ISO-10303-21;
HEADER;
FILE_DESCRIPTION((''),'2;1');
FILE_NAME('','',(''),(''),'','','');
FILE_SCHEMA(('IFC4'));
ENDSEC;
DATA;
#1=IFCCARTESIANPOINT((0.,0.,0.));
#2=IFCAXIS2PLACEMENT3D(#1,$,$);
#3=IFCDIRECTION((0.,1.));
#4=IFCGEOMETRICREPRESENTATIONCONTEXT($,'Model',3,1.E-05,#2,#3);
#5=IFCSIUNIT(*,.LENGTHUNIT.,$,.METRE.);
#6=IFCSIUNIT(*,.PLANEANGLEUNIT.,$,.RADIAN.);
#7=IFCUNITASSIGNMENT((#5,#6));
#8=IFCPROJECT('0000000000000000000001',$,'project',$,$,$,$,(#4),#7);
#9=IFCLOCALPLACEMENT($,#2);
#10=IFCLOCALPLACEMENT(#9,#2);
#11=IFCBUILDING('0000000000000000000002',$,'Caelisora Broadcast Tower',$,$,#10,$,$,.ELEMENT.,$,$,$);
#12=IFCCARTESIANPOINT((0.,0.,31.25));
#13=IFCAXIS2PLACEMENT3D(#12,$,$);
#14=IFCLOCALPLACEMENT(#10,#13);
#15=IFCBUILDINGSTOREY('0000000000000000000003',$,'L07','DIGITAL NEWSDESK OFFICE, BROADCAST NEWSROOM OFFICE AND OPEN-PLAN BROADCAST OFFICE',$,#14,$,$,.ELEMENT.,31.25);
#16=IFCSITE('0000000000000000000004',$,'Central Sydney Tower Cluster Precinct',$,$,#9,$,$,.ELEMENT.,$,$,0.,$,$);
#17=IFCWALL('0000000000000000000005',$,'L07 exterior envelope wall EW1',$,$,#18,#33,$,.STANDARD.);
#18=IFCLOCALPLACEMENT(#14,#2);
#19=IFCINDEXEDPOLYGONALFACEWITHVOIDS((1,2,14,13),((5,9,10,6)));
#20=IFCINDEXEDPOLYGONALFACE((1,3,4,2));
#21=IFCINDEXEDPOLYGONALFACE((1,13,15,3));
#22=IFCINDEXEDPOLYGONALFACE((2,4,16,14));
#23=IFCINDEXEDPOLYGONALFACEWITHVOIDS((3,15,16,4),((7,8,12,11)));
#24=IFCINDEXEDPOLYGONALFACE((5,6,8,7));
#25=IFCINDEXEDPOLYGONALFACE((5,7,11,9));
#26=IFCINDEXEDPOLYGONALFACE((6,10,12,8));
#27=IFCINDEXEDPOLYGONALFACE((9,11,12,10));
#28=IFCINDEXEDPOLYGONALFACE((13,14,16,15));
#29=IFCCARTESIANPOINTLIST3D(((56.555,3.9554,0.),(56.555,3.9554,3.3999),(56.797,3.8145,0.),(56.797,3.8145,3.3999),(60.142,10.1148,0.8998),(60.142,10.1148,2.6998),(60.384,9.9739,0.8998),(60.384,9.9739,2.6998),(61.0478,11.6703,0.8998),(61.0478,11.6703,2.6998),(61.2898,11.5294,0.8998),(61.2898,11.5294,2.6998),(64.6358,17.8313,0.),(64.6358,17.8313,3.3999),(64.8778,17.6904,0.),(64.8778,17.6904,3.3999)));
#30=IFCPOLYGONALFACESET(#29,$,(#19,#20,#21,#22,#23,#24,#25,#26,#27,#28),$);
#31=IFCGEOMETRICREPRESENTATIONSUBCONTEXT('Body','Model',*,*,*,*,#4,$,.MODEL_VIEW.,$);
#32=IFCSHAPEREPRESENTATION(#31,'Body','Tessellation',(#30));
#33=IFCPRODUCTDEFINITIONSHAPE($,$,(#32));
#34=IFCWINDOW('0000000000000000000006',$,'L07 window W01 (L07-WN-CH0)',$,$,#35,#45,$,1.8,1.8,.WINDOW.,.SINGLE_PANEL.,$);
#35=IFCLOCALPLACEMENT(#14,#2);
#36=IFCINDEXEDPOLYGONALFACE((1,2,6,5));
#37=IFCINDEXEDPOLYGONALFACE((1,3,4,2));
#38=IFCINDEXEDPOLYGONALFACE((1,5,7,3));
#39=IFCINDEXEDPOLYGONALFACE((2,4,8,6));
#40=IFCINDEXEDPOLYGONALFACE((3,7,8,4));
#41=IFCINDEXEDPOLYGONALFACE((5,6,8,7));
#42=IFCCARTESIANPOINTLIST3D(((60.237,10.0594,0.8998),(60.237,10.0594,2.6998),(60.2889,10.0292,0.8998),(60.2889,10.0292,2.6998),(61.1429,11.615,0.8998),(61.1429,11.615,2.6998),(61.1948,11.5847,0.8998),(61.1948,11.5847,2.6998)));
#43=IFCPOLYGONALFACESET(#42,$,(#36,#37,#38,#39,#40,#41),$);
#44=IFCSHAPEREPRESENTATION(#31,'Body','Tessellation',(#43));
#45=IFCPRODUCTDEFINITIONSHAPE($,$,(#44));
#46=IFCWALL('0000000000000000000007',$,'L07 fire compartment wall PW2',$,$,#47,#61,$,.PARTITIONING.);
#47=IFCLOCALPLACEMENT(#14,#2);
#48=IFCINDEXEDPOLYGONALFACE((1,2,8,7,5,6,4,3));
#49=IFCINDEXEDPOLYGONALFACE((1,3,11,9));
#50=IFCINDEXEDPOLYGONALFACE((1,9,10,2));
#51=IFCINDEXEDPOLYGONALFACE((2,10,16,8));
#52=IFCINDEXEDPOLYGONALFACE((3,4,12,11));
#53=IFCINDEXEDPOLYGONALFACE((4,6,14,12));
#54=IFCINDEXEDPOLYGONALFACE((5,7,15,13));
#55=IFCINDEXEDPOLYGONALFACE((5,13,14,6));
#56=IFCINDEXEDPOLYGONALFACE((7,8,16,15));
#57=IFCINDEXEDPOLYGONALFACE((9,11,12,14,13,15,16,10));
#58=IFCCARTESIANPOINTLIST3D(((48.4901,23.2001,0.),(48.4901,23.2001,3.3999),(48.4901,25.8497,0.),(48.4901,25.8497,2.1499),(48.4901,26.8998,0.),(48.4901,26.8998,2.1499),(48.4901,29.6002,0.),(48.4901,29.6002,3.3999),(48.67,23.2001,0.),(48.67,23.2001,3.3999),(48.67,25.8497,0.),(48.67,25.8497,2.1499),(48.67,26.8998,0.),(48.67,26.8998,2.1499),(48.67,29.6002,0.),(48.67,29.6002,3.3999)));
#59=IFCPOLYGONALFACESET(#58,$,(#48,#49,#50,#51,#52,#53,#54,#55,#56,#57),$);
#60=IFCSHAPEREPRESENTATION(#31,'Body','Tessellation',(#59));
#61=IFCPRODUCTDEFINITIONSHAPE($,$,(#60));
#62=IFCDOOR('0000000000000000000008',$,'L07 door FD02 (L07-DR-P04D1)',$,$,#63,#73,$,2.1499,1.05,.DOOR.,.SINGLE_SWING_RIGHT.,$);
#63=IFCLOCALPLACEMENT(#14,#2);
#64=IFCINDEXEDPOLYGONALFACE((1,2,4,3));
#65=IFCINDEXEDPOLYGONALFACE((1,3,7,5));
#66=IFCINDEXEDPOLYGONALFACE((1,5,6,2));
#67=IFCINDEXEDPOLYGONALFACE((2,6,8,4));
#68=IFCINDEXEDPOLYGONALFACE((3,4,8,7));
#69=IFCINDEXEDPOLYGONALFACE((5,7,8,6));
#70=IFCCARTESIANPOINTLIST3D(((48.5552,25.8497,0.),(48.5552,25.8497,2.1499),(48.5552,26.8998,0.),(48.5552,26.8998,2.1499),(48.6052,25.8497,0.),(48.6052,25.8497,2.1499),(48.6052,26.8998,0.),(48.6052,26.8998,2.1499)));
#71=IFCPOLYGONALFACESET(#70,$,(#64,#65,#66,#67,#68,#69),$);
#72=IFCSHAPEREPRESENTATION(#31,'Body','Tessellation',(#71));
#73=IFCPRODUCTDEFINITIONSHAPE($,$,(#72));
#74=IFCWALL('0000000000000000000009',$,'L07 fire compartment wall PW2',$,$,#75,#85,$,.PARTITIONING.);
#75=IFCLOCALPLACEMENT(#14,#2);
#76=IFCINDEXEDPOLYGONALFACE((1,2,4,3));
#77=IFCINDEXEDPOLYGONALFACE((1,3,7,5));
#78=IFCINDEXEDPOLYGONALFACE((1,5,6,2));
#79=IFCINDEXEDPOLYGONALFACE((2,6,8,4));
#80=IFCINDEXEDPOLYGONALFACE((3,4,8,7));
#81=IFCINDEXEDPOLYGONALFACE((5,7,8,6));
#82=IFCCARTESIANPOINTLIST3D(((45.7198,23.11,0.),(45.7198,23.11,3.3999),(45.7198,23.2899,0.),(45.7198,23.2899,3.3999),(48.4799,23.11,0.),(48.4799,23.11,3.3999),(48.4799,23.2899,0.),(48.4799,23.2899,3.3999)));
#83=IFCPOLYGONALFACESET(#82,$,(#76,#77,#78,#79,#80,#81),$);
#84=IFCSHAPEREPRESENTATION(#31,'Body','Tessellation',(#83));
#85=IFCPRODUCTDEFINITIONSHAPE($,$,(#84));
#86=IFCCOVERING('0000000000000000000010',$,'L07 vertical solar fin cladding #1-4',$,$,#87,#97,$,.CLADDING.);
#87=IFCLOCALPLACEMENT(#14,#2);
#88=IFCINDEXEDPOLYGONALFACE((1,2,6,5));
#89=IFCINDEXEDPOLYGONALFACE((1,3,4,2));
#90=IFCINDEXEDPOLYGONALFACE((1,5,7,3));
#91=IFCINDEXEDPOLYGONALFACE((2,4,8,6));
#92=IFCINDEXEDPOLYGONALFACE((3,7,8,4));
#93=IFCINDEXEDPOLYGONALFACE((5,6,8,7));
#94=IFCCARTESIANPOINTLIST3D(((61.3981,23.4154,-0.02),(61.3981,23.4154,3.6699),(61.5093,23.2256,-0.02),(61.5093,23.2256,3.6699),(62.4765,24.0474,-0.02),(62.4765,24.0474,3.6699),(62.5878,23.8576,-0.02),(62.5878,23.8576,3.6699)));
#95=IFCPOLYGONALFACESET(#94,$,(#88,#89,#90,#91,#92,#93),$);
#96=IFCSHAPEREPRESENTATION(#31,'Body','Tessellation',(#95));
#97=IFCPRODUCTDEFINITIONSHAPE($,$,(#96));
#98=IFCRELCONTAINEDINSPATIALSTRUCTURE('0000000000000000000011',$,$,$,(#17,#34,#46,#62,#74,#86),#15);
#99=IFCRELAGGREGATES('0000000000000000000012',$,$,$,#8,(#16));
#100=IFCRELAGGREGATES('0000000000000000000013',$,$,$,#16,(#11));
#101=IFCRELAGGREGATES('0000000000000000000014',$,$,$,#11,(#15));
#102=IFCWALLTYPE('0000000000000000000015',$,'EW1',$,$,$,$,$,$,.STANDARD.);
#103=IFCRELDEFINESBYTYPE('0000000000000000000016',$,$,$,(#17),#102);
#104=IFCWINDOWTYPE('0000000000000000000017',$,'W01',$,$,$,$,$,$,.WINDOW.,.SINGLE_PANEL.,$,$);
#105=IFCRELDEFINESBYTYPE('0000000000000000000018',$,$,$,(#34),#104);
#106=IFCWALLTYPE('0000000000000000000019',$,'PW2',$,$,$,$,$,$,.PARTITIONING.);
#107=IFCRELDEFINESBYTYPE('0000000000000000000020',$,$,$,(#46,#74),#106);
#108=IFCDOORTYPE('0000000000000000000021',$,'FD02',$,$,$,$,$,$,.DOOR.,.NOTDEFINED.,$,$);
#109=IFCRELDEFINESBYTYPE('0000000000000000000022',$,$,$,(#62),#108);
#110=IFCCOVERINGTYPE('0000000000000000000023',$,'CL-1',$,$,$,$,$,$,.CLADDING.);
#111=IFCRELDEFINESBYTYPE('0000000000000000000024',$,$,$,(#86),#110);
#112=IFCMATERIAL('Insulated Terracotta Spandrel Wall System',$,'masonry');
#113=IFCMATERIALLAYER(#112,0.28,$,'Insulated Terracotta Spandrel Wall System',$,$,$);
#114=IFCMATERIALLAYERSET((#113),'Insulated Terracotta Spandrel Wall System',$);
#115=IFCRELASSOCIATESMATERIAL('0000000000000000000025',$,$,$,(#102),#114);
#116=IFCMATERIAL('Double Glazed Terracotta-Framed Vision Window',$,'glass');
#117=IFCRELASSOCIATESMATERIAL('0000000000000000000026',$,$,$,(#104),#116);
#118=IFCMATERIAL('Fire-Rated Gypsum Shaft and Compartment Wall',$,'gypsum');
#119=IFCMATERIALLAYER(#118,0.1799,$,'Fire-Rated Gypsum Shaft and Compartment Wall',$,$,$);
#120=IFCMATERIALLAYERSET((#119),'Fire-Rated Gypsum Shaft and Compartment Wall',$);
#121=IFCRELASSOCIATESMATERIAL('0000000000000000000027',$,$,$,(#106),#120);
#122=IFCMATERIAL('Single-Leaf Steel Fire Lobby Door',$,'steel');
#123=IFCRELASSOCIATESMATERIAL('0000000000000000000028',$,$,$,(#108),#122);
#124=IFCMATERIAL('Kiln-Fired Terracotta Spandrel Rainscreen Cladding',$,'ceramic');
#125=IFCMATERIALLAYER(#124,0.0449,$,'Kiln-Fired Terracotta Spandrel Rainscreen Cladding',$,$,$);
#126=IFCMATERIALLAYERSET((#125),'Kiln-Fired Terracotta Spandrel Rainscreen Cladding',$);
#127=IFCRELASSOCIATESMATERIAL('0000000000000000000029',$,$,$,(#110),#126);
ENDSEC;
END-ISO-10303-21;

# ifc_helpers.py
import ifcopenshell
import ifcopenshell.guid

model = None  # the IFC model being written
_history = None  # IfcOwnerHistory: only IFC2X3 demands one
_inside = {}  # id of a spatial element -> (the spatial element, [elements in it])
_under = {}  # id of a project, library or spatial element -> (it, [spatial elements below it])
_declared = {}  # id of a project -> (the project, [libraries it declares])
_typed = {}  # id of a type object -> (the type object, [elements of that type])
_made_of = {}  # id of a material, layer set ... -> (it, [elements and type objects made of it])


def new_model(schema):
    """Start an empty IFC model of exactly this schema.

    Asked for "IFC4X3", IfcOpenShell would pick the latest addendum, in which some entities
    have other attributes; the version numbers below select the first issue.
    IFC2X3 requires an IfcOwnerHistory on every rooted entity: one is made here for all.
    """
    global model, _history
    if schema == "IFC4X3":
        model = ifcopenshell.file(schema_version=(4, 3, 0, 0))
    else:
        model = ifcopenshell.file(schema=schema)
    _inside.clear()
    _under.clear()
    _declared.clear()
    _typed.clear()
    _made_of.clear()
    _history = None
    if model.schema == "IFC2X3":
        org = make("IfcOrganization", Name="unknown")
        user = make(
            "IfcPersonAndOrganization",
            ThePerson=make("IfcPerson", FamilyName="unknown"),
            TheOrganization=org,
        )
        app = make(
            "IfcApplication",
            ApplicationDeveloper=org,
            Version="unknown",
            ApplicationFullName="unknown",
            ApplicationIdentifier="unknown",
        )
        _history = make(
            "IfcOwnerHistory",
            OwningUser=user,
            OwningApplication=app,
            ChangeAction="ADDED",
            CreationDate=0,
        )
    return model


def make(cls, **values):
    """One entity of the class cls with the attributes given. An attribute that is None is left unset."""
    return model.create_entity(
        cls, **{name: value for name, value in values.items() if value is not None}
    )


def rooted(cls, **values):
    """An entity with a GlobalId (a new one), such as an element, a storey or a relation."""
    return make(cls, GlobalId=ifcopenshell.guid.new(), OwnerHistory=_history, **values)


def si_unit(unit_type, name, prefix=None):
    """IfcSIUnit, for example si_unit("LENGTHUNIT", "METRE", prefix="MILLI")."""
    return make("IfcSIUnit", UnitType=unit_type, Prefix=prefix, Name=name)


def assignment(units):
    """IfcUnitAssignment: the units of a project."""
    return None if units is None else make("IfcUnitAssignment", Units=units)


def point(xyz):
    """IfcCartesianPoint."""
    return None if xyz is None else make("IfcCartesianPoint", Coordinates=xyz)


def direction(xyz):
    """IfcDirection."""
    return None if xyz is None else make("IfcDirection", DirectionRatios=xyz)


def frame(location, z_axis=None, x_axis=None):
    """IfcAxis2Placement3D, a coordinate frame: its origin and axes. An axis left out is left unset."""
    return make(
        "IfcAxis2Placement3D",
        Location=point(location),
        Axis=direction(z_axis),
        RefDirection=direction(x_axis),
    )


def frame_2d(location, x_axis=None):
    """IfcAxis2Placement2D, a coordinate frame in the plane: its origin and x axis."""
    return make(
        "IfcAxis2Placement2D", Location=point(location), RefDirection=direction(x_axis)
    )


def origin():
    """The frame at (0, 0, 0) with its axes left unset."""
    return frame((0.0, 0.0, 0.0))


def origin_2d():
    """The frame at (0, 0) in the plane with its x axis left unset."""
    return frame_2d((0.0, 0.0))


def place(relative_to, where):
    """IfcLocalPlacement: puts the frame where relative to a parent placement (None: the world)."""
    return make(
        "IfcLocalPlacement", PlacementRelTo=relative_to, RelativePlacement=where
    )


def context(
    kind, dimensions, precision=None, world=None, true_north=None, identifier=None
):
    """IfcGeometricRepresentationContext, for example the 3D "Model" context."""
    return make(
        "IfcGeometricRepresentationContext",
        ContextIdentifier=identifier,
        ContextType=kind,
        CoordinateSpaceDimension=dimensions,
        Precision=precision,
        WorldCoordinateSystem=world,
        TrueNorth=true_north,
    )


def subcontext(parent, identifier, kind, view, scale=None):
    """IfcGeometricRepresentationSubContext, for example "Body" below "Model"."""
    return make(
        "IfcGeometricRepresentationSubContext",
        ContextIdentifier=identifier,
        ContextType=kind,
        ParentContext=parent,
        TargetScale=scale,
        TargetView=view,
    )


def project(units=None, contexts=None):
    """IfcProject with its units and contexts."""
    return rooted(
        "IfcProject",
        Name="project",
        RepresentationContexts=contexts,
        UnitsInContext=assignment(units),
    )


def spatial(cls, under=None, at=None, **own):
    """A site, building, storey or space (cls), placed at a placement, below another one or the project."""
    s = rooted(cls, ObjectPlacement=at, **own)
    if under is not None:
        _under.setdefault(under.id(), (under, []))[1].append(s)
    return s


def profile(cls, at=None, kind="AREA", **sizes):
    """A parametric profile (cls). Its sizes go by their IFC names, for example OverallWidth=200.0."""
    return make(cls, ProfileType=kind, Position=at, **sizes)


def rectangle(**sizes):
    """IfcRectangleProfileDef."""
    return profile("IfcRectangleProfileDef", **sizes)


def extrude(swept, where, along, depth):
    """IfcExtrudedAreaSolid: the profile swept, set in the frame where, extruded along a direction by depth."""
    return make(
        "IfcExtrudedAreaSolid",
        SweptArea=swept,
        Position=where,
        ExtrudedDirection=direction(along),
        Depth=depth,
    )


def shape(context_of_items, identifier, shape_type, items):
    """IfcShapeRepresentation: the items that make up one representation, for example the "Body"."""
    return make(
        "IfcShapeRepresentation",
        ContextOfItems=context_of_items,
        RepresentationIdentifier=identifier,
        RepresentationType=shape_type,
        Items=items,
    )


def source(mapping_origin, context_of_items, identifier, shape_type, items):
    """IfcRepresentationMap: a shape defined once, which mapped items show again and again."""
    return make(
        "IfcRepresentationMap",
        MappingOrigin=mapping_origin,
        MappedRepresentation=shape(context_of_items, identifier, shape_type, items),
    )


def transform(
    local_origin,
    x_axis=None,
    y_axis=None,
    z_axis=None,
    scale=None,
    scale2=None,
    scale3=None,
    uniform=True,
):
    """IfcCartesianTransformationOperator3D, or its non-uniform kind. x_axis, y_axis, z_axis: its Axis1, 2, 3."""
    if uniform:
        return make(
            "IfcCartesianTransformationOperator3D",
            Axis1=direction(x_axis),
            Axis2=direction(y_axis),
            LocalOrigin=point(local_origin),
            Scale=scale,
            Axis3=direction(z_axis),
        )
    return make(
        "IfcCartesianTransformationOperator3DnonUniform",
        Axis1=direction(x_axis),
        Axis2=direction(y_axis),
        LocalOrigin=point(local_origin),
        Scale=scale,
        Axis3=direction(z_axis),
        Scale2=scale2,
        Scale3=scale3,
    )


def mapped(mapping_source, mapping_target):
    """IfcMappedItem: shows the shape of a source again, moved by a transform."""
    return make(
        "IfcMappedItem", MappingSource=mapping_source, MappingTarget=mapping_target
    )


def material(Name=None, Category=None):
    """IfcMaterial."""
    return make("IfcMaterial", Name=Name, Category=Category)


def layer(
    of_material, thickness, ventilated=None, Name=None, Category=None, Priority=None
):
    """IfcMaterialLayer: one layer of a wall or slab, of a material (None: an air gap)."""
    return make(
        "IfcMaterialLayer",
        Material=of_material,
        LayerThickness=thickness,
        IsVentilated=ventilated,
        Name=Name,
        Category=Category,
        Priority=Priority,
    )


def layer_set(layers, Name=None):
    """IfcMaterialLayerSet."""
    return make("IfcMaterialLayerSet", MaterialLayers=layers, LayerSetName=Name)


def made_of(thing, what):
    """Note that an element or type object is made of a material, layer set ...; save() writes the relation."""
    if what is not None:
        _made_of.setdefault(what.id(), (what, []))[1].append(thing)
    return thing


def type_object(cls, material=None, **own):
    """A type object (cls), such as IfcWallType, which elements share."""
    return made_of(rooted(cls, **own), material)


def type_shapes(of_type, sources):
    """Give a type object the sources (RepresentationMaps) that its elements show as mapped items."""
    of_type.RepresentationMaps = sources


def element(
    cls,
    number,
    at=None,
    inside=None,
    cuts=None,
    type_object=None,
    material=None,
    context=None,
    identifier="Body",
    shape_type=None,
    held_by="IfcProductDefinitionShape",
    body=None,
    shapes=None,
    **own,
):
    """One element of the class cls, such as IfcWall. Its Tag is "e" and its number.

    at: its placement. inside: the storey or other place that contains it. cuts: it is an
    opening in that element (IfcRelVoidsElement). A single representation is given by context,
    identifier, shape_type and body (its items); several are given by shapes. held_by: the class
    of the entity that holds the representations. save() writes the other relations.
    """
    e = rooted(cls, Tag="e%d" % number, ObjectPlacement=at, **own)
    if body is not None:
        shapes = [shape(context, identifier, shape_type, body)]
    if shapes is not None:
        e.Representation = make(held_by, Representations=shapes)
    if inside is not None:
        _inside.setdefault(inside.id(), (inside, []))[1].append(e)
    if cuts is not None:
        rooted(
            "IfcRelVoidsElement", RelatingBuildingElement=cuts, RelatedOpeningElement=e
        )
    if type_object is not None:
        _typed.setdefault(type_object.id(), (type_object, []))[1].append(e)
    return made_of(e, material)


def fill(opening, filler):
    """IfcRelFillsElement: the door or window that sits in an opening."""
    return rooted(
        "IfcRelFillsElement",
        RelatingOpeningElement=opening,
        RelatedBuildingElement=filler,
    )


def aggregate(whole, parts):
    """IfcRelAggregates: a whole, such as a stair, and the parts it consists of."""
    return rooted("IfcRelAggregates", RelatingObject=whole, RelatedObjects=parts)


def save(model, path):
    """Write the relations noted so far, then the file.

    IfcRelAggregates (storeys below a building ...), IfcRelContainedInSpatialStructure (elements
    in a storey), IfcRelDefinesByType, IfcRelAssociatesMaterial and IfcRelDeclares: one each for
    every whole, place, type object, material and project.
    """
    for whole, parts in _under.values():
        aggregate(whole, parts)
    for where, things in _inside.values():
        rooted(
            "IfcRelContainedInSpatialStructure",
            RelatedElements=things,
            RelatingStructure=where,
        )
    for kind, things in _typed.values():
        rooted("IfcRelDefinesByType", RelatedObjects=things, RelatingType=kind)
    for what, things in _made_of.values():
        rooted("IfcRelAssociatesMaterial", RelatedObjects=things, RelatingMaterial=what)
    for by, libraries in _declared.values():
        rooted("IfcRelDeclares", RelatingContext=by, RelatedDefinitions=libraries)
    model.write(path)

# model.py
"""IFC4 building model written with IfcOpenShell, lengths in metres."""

from ifc_helpers import new_model, si_unit, direction, frame, frame_2d, origin, origin_2d, place, context, subcontext, project, spatial, rectangle, extrude, source, transform, mapped, material, layer, layer_set, type_object, type_shapes, element, fill, save


model = new_model("IFC4")

# Units and contexts
model_context = context("Model", 3, precision=1e-05, world=origin(), true_north=direction((0.0, 1.0)))
body_context = subcontext(model_context, "Body", "Model", "MODEL_VIEW")
ifc_project = project(units=[si_unit("LENGTHUNIT", "METRE"), si_unit("PLANEANGLEUNIT", "RADIAN")], contexts=[model_context])

# Site, building, storey
site_placement = place(None, origin())
site = spatial("IfcSite", under=ifc_project, at=site_placement, Name="Central Sydney Tower Cluster Precinct", CompositionType="ELEMENT", RefElevation=0.0)
building_placement = place(site_placement, origin())
building = spatial("IfcBuilding", under=site, at=building_placement, Name="Caelisora Broadcast Tower", CompositionType="ELEMENT")
storey_placement = place(building_placement, frame((0.0, 0.0, 31.25)))
storey = spatial("IfcBuildingStorey", under=building, at=storey_placement, Name="L07", Description="DIGITAL NEWSDESK OFFICE, BROADCAST NEWSROOM OFFICE AND OPEN-PLAN BROADCAST OFFICE", CompositionType="ELEMENT", Elevation=31.25)

# Wall, opening, window
ifc_material_1 = material(Name="Insulated Terracotta Spandrel Wall System", Category="masonry")
ifc_layer_1 = layer(ifc_material_1, 0.28, Name="Insulated Terracotta Spandrel Wall System")
ifc_layer_set_1 = layer_set([ifc_layer_1], Name="Insulated Terracotta Spandrel Wall System")
wall_type_1 = type_object("IfcWallType", Name="EW1", PredefinedType="STANDARD", material=ifc_layer_set_1)
wall_1_placement = place(storey_placement, frame((64.7568, 17.761, 0.0), z_axis=(0.0, 0.0, 1.0), x_axis=(-0.503243, -0.864145, 0.0)))
wall_1 = element("IfcWall", 1, at=wall_1_placement, inside=storey, type_object=wall_type_1, Name="L07 exterior envelope wall EW1", PredefinedType="STANDARD", context=body_context, shape_type="SweptSolid", body=[
    extrude(rectangle(XDim=16.0574, YDim=0.28, at=frame_2d((8.0288, 0.0))), origin(), (0.0, 0.0, 1.0), 3.3999),
])
opening_1_placement = place(wall_1_placement, frame((7.1299, 0.0, 0.8999)))
opening_1 = element("IfcOpeningElement", 2, at=opening_1_placement, cuts=wall_1, PredefinedType="OPENING", context=body_context, shape_type="SweptSolid", body=[
    extrude(rectangle(XDim=1.8, YDim=1.8, at=frame_2d((0.8999, 0.8999))), frame((0.0, 0.1521, 0.0), z_axis=(0.0, -1.0, 0.0), x_axis=(1.0, 0.0, 0.0)), (0.0, 0.0, 1.0), 0.304),
])
ifc_material_2 = material(Name="Double Glazed Terracotta-Framed Vision Window", Category="glass")
window_type = type_object("IfcWindowType", Name="W01", PartitioningType="SINGLE_PANEL", PredefinedType="WINDOW", material=ifc_material_2)
window_placement = place(opening_1_placement, origin())
window = element("IfcWindow", 3, at=window_placement, inside=storey, type_object=window_type, Name="L07 window W01 (L07-WN-CH0)", OverallHeight=1.8, OverallWidth=1.8, PartitioningType="SINGLE_PANEL", PredefinedType="WINDOW", context=body_context, shape_type="SweptSolid", body=[
    extrude(rectangle(XDim=1.8, YDim=1.8, at=frame_2d((0.8999, 0.8999))), frame((0.0, 0.03, 0.0), z_axis=(0.0, -1.0, 0.0), x_axis=(1.0, 0.0, 0.0)), (0.0, 0.0, 1.0), 0.0601),
])
fill(opening_1, window)

# Wall, opening, door
ifc_material_3 = material(Name="Fire-Rated Gypsum Shaft and Compartment Wall", Category="gypsum")
ifc_layer_2 = layer(ifc_material_3, 0.1799, Name="Fire-Rated Gypsum Shaft and Compartment Wall")
ifc_layer_set_2 = layer_set([ifc_layer_2], Name="Fire-Rated Gypsum Shaft and Compartment Wall")
wall_type_2 = type_object("IfcWallType", Name="PW2", PredefinedType="PARTITIONING", material=ifc_layer_set_2)
wall_2_placement = place(storey_placement, frame((48.5801, 23.2, 0.0), z_axis=(0.0, 0.0, 1.0), x_axis=(0.0, 1.0, 0.0)))
wall_2 = element("IfcWall", 4, at=wall_2_placement, inside=storey, type_object=wall_type_2, Name="L07 fire compartment wall PW2", PredefinedType="PARTITIONING", context=body_context, shape_type="SweptSolid", body=[
    extrude(rectangle(XDim=6.4001, YDim=0.1799, at=frame_2d((3.2002, 0.0))), origin(), (0.0, 0.0, 1.0), 3.3999),
])
opening_2_placement = place(wall_2_placement, frame((2.6499, 0.0, 0.0)))
opening_2 = element("IfcOpeningElement", 5, at=opening_2_placement, cuts=wall_2, PredefinedType="OPENING", context=body_context, shape_type="SweptSolid", body=[
    extrude(rectangle(XDim=1.05, YDim=2.1499, at=frame_2d((0.5249, 1.075))), frame((0.0, 0.1021, 0.0), z_axis=(0.0, -1.0, 0.0), x_axis=(1.0, 0.0, 0.0)), (0.0, 0.0, 1.0), 0.2039),
])
ifc_material_4 = material(Name="Single-Leaf Steel Fire Lobby Door", Category="steel")
door_type = type_object("IfcDoorType", Name="FD02", OperationType="NOTDEFINED", PredefinedType="DOOR", material=ifc_material_4)
door_1_placement = place(opening_2_placement, origin())
door_1 = element("IfcDoor", 6, at=door_1_placement, inside=storey, type_object=door_type, Name="L07 door FD02 (L07-DR-P04D1)", OperationType="SINGLE_SWING_RIGHT", OverallHeight=2.1499, OverallWidth=1.05, PredefinedType="DOOR", context=body_context, shape_type="SweptSolid", body=[
    extrude(rectangle(XDim=1.05, YDim=2.1499, at=frame_2d((0.5249, 1.075))), frame((0.0, 0.0249, 0.0), z_axis=(0.0, -1.0, 0.0), x_axis=(1.0, 0.0, 0.0)), (0.0, 0.0, 1.0), 0.05),
])
fill(opening_2, door_1)

# Wall
wall_3_placement = place(storey_placement, frame((45.72, 23.2, 0.0), z_axis=(0.0, 0.0, 1.0), x_axis=(1.0, 0.0, 0.0)))
element("IfcWall", 7, at=wall_3_placement, inside=storey, type_object=wall_type_2, Name="L07 fire compartment wall PW2", PredefinedType="PARTITIONING", context=body_context, shape_type="SweptSolid", body=[
    extrude(rectangle(XDim=2.76, YDim=0.1799, at=frame_2d((1.3799, 0.0))), origin(), (0.0, 0.0, 1.0), 3.3999),
])

# Covering
ifc_material_5 = material(Name="Kiln-Fired Terracotta Spandrel Rainscreen Cladding", Category="ceramic")
ifc_layer_3 = layer(ifc_material_5, 0.0449, Name="Kiln-Fired Terracotta Spandrel Rainscreen Cladding")
ifc_layer_set_3 = layer_set([ifc_layer_3], Name="Kiln-Fired Terracotta Spandrel Rainscreen Cladding")
covering_type = type_object("IfcCoveringType", Name="CL-1", PredefinedType="CLADDING", material=ifc_layer_set_3)
shared_shape_1 = source(origin(), body_context, "Body", "SweptSolid", [
    extrude(rectangle(XDim=0.22, YDim=1.25, at=origin_2d()), origin(), (0.0, 0.0, 1.0), 3.6899),
])
type_shapes(covering_type, [shared_shape_1])
covering_placement = place(storey_placement, frame((61.9929, 23.6365, -0.02), z_axis=(0.0, 0.0, 1.0), x_axis=(0.505582, -0.862779, 0.0)))
element("IfcCovering", 8, at=covering_placement, inside=storey, type_object=covering_type, Name="L07 vertical solar fin cladding #1-4", PredefinedType="CLADDING", context=body_context, shape_type="MappedRepresentation", body=[
    mapped(shared_shape_1, transform((0.0, 0.0, 0.0), scale=1.0)),
])

save(model, "model.ifc")
